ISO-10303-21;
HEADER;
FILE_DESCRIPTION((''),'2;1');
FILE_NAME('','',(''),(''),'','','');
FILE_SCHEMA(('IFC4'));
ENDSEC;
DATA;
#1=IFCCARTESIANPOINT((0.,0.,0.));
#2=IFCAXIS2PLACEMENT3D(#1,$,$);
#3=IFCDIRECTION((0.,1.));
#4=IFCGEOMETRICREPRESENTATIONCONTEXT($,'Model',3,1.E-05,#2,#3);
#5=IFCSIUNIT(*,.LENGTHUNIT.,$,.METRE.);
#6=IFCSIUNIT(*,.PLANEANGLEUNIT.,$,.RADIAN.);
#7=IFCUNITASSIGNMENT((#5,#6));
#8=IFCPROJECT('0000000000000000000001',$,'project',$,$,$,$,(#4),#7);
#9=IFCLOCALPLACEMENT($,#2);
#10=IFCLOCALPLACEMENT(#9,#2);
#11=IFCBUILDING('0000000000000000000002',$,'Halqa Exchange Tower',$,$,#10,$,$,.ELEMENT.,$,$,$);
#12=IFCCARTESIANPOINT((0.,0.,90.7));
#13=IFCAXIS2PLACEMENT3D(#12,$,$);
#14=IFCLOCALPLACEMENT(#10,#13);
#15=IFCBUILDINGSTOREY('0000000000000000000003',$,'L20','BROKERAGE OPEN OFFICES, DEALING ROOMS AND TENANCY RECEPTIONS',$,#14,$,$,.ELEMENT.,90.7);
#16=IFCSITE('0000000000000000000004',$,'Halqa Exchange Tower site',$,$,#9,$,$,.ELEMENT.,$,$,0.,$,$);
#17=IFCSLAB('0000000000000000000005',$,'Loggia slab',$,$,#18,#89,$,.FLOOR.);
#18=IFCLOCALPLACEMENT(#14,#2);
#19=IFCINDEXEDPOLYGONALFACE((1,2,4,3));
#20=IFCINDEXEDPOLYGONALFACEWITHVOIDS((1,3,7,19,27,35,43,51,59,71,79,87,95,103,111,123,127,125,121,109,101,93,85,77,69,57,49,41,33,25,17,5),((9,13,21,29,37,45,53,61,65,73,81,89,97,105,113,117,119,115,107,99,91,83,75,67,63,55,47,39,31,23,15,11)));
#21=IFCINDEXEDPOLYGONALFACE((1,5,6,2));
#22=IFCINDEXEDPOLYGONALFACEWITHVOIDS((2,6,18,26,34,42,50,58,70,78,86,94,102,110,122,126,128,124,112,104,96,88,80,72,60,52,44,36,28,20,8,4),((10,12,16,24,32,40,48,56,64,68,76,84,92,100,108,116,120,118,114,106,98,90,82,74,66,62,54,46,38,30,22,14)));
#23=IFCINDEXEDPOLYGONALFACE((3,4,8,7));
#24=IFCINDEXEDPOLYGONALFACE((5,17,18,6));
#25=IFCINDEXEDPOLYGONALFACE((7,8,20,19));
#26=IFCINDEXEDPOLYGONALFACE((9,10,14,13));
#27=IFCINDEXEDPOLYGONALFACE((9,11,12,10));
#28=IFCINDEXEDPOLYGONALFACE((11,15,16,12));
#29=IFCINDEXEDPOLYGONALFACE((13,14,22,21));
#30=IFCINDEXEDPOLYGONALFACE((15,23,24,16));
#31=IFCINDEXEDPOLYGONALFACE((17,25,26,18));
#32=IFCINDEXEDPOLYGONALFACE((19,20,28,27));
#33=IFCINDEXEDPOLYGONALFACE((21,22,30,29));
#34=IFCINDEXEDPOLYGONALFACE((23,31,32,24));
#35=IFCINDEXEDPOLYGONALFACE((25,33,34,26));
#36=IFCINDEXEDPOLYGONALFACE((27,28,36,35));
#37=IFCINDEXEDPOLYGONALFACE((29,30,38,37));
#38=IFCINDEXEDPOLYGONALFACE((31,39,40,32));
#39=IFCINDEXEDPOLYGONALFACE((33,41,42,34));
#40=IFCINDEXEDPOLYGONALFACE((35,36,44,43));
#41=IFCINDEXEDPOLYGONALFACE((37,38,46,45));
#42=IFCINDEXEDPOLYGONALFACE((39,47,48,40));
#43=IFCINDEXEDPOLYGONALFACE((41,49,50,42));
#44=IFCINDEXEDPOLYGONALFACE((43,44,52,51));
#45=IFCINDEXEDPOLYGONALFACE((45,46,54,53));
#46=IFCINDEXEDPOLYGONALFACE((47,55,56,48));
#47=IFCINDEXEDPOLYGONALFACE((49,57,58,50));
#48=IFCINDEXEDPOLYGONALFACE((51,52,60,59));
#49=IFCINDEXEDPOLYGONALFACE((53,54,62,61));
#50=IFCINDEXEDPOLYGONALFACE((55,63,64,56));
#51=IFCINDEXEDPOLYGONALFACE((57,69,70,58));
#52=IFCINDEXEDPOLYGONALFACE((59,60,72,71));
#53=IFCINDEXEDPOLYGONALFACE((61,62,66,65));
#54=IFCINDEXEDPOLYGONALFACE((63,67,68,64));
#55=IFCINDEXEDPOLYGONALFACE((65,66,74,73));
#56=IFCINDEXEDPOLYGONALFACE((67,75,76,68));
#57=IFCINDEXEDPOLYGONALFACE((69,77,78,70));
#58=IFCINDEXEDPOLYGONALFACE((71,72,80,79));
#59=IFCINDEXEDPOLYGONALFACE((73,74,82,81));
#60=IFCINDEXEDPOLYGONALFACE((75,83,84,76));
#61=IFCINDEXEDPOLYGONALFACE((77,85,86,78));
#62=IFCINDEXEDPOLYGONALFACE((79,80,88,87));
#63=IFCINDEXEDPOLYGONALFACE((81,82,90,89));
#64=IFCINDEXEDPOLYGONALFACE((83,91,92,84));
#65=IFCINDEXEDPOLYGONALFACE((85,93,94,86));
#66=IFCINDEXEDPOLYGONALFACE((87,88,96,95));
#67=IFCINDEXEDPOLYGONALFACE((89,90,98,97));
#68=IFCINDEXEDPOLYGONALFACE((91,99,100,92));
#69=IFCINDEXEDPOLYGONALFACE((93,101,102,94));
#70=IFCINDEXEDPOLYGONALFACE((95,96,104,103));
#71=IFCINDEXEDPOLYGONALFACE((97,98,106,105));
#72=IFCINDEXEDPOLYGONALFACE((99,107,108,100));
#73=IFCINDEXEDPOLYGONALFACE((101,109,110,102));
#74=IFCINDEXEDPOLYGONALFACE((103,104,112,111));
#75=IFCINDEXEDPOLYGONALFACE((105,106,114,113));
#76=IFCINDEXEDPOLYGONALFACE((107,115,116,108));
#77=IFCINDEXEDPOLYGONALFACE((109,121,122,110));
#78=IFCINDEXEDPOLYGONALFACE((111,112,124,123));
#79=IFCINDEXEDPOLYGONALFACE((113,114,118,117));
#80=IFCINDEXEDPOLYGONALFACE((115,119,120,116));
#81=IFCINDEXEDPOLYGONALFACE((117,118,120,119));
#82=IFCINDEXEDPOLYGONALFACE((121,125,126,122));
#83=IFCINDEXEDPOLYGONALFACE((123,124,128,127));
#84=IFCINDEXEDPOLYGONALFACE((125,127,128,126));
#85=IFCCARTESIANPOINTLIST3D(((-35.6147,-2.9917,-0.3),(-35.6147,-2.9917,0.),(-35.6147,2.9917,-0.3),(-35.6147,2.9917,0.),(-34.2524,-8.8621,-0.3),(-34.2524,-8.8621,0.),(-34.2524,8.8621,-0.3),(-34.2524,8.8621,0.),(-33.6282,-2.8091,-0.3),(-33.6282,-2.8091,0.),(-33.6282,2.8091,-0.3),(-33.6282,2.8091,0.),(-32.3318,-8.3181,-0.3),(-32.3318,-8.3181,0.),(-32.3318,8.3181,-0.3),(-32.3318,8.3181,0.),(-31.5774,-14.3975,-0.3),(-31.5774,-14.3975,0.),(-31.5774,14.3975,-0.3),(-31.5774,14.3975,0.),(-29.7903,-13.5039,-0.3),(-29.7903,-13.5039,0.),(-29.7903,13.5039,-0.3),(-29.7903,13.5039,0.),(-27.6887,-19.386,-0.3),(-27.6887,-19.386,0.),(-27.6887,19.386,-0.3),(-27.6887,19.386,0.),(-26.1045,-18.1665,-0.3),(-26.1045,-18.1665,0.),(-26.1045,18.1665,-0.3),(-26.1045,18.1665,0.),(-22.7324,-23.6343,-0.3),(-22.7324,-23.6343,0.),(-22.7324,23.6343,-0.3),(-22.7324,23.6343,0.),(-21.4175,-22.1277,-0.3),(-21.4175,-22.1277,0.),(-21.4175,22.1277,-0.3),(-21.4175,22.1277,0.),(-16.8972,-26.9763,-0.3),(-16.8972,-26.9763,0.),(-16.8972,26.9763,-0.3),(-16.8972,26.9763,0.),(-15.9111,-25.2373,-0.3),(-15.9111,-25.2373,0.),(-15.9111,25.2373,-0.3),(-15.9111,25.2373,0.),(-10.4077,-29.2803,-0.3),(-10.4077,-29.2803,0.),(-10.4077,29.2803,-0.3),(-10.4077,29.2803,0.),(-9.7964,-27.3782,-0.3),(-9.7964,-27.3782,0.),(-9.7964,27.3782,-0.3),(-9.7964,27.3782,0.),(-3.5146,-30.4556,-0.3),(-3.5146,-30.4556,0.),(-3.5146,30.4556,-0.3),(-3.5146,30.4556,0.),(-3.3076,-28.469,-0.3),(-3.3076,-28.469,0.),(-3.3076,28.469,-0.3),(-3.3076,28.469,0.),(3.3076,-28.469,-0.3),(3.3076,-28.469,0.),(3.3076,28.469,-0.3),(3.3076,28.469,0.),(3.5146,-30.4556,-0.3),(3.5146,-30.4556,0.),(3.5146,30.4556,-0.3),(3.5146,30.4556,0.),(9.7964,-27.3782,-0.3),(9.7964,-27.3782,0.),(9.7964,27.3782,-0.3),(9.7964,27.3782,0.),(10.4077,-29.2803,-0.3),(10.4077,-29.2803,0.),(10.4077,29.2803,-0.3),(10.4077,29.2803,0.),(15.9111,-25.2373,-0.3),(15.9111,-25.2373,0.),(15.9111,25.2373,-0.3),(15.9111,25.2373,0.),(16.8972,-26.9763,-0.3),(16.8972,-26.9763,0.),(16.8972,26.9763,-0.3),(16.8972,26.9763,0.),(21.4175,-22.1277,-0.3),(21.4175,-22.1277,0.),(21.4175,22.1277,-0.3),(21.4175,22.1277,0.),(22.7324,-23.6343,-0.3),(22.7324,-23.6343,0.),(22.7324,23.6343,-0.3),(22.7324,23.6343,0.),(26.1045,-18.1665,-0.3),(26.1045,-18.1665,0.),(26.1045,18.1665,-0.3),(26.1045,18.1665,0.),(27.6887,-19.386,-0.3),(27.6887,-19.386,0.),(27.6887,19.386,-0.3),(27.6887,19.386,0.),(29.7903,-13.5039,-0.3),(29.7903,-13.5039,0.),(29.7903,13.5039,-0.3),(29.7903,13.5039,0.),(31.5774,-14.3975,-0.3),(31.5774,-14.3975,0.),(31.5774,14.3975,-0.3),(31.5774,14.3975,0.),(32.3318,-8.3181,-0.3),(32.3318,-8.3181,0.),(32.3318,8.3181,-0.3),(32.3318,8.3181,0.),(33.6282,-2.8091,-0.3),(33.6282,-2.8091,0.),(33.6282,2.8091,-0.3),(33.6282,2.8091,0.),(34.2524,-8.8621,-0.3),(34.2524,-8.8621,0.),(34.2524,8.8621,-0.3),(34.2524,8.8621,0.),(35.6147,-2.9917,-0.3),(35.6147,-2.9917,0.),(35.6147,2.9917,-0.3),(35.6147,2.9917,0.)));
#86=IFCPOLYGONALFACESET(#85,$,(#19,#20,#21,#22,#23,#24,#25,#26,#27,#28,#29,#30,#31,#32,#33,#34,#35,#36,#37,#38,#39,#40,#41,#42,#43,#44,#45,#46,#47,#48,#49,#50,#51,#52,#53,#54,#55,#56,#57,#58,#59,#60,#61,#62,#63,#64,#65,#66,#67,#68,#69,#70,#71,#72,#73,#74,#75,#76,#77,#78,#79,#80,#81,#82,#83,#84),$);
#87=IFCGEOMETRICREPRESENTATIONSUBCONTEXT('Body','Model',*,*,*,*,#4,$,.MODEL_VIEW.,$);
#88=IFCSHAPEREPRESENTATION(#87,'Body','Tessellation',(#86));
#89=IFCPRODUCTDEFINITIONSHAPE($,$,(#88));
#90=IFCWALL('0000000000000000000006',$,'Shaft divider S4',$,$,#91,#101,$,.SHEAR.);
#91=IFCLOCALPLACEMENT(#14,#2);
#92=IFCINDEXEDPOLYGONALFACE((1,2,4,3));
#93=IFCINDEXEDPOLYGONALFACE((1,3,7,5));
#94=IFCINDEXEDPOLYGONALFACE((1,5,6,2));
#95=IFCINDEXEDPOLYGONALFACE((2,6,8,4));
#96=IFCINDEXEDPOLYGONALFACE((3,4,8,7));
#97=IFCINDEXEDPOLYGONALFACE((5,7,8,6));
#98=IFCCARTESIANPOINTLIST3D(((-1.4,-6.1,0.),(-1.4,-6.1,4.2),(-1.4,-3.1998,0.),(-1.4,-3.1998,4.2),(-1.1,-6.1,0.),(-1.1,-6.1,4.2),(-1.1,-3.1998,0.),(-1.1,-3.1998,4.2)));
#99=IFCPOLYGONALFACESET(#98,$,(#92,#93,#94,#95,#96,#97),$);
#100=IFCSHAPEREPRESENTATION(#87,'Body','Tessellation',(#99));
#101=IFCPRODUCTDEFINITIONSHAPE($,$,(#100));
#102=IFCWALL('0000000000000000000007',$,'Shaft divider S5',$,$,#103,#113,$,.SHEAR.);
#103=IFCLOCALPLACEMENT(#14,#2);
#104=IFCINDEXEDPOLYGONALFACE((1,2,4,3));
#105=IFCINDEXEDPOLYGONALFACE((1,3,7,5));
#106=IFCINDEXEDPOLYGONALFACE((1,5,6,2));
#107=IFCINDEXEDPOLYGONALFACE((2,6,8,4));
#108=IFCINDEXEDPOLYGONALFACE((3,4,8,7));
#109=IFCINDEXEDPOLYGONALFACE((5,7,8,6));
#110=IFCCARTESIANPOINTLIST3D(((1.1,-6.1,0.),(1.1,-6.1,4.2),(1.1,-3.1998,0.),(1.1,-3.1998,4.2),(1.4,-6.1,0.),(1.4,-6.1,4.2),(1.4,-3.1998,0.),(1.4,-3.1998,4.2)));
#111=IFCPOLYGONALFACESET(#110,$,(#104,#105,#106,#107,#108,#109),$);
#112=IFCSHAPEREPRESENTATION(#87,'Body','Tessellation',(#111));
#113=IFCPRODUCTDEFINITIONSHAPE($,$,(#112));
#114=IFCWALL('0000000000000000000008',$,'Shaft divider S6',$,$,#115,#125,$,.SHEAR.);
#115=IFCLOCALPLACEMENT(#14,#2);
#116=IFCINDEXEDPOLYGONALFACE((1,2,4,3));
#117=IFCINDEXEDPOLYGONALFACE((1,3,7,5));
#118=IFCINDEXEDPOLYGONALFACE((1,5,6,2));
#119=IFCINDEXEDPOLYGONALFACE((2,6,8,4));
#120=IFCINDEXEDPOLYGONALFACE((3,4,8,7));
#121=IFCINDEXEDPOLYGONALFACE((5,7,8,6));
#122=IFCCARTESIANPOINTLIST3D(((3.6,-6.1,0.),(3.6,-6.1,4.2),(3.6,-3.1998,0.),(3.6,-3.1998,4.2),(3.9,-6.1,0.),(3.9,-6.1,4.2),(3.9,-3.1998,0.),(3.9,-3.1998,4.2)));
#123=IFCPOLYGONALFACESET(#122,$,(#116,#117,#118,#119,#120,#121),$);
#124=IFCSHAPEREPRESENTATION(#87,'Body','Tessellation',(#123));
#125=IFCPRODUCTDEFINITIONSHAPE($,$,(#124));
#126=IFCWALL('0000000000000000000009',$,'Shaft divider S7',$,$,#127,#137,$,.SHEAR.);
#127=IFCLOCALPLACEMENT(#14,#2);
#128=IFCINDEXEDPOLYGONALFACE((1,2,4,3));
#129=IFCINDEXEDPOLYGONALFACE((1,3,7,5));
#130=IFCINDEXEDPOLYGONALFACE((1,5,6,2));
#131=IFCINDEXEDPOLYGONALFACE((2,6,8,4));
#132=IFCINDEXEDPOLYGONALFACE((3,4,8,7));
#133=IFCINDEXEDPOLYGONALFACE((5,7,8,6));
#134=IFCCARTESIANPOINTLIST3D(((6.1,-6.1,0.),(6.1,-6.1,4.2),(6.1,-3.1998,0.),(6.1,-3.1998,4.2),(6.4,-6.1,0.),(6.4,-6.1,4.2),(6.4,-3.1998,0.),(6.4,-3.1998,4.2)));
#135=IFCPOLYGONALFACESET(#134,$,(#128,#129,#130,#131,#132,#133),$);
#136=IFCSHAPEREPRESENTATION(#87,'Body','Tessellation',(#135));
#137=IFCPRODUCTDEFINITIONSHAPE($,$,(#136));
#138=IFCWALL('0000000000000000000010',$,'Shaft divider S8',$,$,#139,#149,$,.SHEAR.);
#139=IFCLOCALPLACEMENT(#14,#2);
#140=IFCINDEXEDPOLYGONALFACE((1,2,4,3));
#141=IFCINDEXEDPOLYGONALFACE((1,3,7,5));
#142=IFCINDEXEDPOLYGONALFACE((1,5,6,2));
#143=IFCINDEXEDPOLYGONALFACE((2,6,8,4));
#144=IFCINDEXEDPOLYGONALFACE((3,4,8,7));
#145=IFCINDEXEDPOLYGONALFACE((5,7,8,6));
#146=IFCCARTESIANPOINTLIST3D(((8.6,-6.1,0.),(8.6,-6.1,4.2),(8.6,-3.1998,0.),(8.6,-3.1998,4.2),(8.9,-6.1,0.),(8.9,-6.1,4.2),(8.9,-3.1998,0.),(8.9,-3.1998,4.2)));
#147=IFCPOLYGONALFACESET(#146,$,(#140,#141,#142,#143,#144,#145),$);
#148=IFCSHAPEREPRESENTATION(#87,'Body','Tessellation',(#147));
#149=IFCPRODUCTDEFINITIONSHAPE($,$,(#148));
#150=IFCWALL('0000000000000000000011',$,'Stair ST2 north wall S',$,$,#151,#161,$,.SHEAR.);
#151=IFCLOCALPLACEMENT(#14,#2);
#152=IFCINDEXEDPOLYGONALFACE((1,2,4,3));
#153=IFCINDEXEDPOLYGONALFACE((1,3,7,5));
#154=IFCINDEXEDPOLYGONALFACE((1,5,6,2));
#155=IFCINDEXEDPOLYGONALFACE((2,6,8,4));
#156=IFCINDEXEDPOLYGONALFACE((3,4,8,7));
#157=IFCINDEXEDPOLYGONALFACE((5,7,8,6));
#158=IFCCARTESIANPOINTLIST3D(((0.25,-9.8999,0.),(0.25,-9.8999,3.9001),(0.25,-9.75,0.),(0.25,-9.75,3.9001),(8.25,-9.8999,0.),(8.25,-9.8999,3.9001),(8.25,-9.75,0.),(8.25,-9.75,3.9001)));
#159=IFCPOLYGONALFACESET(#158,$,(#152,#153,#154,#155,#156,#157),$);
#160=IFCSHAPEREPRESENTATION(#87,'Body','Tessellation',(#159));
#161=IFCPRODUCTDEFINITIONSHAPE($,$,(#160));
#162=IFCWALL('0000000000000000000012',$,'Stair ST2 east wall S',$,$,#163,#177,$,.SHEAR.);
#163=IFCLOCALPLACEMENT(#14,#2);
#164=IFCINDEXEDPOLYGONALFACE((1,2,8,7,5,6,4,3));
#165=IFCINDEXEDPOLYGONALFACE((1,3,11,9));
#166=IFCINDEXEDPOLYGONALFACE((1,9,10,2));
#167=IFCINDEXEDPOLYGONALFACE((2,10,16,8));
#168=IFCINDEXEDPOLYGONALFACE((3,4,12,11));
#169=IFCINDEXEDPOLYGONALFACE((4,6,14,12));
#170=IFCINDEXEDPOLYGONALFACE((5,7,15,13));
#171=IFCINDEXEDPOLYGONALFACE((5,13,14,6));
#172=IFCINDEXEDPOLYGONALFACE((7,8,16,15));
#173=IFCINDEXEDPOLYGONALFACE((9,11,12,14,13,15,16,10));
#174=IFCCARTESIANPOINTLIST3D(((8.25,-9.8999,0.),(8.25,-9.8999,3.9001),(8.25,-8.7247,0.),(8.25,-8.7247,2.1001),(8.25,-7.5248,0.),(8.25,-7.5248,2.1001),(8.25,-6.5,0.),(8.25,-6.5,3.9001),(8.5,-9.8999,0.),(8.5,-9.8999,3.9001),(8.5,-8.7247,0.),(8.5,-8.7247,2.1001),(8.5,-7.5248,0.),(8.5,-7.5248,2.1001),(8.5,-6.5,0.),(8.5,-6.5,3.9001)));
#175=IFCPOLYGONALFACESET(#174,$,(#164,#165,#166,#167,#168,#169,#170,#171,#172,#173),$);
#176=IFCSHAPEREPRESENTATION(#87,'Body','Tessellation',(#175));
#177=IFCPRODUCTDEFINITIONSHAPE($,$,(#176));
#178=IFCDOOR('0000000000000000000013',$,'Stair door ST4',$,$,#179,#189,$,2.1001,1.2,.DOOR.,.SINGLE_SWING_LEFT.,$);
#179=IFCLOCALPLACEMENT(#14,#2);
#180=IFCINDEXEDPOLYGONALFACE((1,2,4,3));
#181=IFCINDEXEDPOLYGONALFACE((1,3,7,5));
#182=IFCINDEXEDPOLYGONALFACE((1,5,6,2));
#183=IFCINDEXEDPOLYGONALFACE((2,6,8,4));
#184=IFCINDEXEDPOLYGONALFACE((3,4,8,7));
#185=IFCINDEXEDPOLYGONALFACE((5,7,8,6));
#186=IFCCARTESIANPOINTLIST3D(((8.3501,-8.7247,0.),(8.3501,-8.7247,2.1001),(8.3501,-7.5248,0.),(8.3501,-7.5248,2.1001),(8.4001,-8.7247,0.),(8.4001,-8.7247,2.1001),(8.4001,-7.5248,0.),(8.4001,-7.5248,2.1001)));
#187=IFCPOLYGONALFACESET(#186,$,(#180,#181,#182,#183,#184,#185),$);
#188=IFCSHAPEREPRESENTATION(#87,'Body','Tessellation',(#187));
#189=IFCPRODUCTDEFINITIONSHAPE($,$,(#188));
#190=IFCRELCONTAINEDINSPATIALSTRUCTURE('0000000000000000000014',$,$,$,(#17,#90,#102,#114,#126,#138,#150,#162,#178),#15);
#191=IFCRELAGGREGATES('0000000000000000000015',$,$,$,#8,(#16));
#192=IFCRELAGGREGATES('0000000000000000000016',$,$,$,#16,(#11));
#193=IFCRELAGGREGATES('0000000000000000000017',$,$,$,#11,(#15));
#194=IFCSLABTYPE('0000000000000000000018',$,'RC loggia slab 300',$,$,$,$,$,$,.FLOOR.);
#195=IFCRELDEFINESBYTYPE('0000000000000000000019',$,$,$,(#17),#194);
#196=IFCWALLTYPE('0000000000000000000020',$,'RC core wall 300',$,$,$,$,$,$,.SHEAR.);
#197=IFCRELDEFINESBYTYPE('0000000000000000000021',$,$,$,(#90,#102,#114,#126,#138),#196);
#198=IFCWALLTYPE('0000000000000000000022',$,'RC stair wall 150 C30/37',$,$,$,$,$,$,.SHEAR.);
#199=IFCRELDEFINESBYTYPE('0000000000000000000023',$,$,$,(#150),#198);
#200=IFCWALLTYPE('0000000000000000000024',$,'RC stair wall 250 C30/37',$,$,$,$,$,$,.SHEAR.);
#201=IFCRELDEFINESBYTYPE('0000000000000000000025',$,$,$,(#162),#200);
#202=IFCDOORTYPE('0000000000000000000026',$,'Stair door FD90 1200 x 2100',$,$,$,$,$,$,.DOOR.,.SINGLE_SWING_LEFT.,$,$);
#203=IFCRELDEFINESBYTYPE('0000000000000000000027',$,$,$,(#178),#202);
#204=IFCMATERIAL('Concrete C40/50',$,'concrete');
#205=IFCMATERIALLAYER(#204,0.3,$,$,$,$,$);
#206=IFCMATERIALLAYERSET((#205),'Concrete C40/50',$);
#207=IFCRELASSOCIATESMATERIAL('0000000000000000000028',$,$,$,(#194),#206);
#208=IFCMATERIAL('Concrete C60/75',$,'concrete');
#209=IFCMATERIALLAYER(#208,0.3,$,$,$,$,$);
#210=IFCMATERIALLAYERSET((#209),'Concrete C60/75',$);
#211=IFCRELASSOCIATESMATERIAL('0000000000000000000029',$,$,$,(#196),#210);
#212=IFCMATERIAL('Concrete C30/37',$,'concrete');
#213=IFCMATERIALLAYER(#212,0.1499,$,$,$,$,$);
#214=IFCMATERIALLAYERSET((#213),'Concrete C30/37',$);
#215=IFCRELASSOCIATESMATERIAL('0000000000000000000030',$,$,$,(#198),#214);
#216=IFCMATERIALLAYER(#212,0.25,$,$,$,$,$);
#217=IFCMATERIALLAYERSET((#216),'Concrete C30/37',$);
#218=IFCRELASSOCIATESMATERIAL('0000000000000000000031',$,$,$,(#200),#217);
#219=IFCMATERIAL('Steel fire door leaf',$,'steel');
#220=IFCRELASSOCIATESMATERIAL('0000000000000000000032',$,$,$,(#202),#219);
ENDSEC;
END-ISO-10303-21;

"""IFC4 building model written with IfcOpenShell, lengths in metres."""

from ifc_helpers import new_model, si_unit, direction, frame, frame_2d, origin, place, context, subcontext, project, spatial, polyline, rectangle, outline, extrude, material, layer, layer_set, type_object, element, fill, save


model = new_model("IFC4")

# Units and contexts
model_context = context("Model", 3, precision=1e-05, world=origin(), true_north=direction((0.0, 1.0)))
body_context = subcontext(model_context, "Body", "Model", "MODEL_VIEW")
ifc_project = project(units=[si_unit("LENGTHUNIT", "METRE"), si_unit("PLANEANGLEUNIT", "RADIAN")], contexts=[model_context])

# Site, building, storey
site_placement = place(None, origin())
site = spatial("IfcSite", under=ifc_project, at=site_placement, Name="Halqa Exchange Tower site", CompositionType="ELEMENT", RefElevation=0.0)
building_placement = place(site_placement, origin())
building = spatial("IfcBuilding", under=site, at=building_placement, Name="Halqa Exchange Tower", CompositionType="ELEMENT")
storey_placement = place(building_placement, frame((0.0, 0.0, 90.7)))
storey = spatial("IfcBuildingStorey", under=building, at=storey_placement, Name="L20", Description="BROKERAGE OPEN OFFICES, DEALING ROOMS AND TENANCY RECEPTIONS", CompositionType="ELEMENT", Elevation=90.7)

# Slab
ifc_material_1 = material(Name="Concrete C40/50", Category="concrete")
ifc_layer_1 = layer(ifc_material_1, 0.3)
ifc_layer_set_1 = layer_set([ifc_layer_1], Name="Concrete C40/50")
slab_type_1 = type_object("IfcSlabType", Name="RC loggia slab 300", PredefinedType="FLOOR", material=ifc_layer_set_1)
slab_1_placement = place(storey_placement, frame((0.0, 0.0, -0.3)))
element("IfcSlab", 1, at=slab_1_placement, inside=storey, type_object=slab_type_1, Name="Loggia slab", PredefinedType="FLOOR", context=body_context, shape_type="SweptSolid", body=[
    extrude(outline(polyline([(35.6147, 2.9917), (35.6147, -2.9917), (34.2524, -8.8621), (31.5774, -14.3975), (27.6887, -19.386), (22.7324, -23.6343), (16.8972, -26.9763), (10.4077, -29.2803), (3.5146, -30.4556), (-3.5146, -30.4556), (-10.4077, -29.2803), (-16.8972, -26.9763), (-22.7324, -23.6343), (-27.6887, -19.386), (-31.5774, -14.3975), (-34.2524, -8.8621), (-35.6147, -2.9917), (-35.6147, 2.9917), (-34.2524, 8.8621), (-31.5774, 14.3975), (-27.6887, 19.386), (-22.7324, 23.6343), (-16.8972, 26.9763), (-10.4077, 29.2803), (-3.5146, 30.4556), (3.5146, 30.4556), (10.4077, 29.2803), (16.8972, 26.9763), (22.7324, 23.6343), (27.6887, 19.386), (31.5774, 14.3975), (34.2524, 8.8621), (35.6147, 2.9917)]), holes=[polyline([(33.6282, 2.8091), (32.3318, 8.3181), (29.7903, 13.5039), (26.1045, 18.1665), (21.4175, 22.1277), (15.9111, 25.2373), (9.7964, 27.3782), (3.3076, 28.469), (-3.3076, 28.469), (-9.7964, 27.3782), (-15.9111, 25.2373), (-21.4175, 22.1277), (-26.1045, 18.1665), (-29.7903, 13.5039), (-32.3318, 8.3181), (-33.6282, 2.8091), (-33.6282, -2.8091), (-32.3318, -8.3181), (-29.7903, -13.5039), (-26.1045, -18.1665), (-21.4175, -22.1277), (-15.9111, -25.2373), (-9.7964, -27.3782), (-3.3076, -28.469), (3.3076, -28.469), (9.7964, -27.3782), (15.9111, -25.2373), (21.4175, -22.1277), (26.1045, -18.1665), (29.7903, -13.5039), (32.3318, -8.3181), (33.6282, -2.8091), (33.6282, 2.8091)])]), origin(), (0.0, 0.0, 1.0), 0.3),
])

# Walls
ifc_material_2 = material(Name="Concrete C60/75", Category="concrete")
ifc_layer_2 = layer(ifc_material_2, 0.3)
ifc_layer_set_2 = layer_set([ifc_layer_2], Name="Concrete C60/75")
wall_type_1 = type_object("IfcWallType", Name="RC core wall 300", PredefinedType="SHEAR", material=ifc_layer_set_2)
for number, where, z_axis, x_axis, name in (
    (2, (-1.25, -6.1001, 0.0), (0.0, 0.0, 1.0), (0.0, 1.0, 0.0), "Shaft divider S4"),
    (3, (1.25, -6.1001, 0.0), (0.0, 0.0, 1.0), (0.0, 1.0, 0.0), "Shaft divider S5"),
    (4, (3.75, -6.1001, 0.0), (0.0, 0.0, 1.0), (0.0, 1.0, 0.0), "Shaft divider S6"),
    (5, (6.25, -6.1001, 0.0), (0.0, 0.0, 1.0), (0.0, 1.0, 0.0), "Shaft divider S7"),
    (6, (8.75, -6.1001, 0.0), (0.0, 0.0, 1.0), (0.0, 1.0, 0.0), "Shaft divider S8"),
):
    element("IfcWall", number, at=place(storey_placement, frame(where, z_axis=z_axis, x_axis=x_axis)), inside=storey, type_object=wall_type_1, Name=name, PredefinedType="SHEAR", context=body_context, shape_type="SweptSolid", body=[
        extrude(rectangle(XDim=2.9001, YDim=0.3, at=frame_2d((1.4502, 0.0))), origin(), (0.0, 0.0, 1.0), 4.2),
    ])
ifc_material_3 = material(Name="Concrete C30/37", Category="concrete")
ifc_layer_3 = layer(ifc_material_3, 0.1499)
ifc_layer_set_3 = layer_set([ifc_layer_3], Name="Concrete C30/37")
wall_type_2 = type_object("IfcWallType", Name="RC stair wall 150 C30/37", PredefinedType="SHEAR", material=ifc_layer_set_3)
wall_1_placement = place(storey_placement, frame((0.25, -9.825, 0.0), z_axis=(0.0, 0.0, 1.0), x_axis=(1.0, 0.0, 0.0)))
element("IfcWall", 7, at=wall_1_placement, inside=storey, type_object=wall_type_2, Name="Stair ST2 north wall S", PredefinedType="SHEAR", context=body_context, shape_type="SweptSolid", body=[
    extrude(rectangle(XDim=8.0, YDim=0.1499, at=frame_2d((4.0, 0.0))), origin(), (0.0, 0.0, 1.0), 3.9001),
])

# Wall, opening, door
ifc_layer_4 = layer(ifc_material_3, 0.25)
ifc_layer_set_4 = layer_set([ifc_layer_4], Name="Concrete C30/37")
wall_type_3 = type_object("IfcWallType", Name="RC stair wall 250 C30/37", PredefinedType="SHEAR", material=ifc_layer_set_4)
wall_2_placement = place(storey_placement, frame((8.375, -9.8999, 0.0), z_axis=(0.0, 0.0, 1.0), x_axis=(0.0, 1.0, 0.0)))
wall_2 = element("IfcWall", 8, at=wall_2_placement, inside=storey, type_object=wall_type_3, Name="Stair ST2 east wall S", PredefinedType="SHEAR", context=body_context, shape_type="SweptSolid", body=[
    extrude(rectangle(XDim=3.3999, YDim=0.25, at=frame_2d((1.7, 0.0))), origin(), (0.0, 0.0, 1.0), 3.9001),
])
opening_placement = place(wall_2_placement, frame((1.175, 0.0, 0.0)))
opening = element("IfcOpeningElement", 9, at=opening_placement, cuts=wall_2, PredefinedType="OPENING", context=body_context, shape_type="SweptSolid", body=[
    extrude(rectangle(XDim=1.2, YDim=2.1001, at=frame_2d((0.6001, 1.05))), frame((0.0, 0.137, 0.0), z_axis=(0.0, -1.0, 0.0), x_axis=(1.0, 0.0, 0.0)), (0.0, 0.0, 1.0), 0.2739),
])
ifc_material_4 = material(Name="Steel fire door leaf", Category="steel")
door_type = type_object("IfcDoorType", Name="Stair door FD90 1200 x 2100", OperationType="SINGLE_SWING_LEFT", PredefinedType="DOOR", material=ifc_material_4)
door_placement = place(opening_placement, origin())
door = element("IfcDoor", 10, at=door_placement, inside=storey, type_object=door_type, Name="Stair door ST4", OperationType="SINGLE_SWING_LEFT", OverallHeight=2.1001, OverallWidth=1.2, PredefinedType="DOOR", context=body_context, shape_type="SweptSolid", body=[
    extrude(rectangle(XDim=1.2, YDim=2.1001, at=frame_2d((0.6001, 1.05))), frame((0.0, 0.0249, 0.0), z_axis=(0.0, -1.0, 0.0), x_axis=(1.0, 0.0, 0.0)), (0.0, 0.0, 1.0), 0.05),
])
fill(opening, door)

save(model, "model.ifc")
